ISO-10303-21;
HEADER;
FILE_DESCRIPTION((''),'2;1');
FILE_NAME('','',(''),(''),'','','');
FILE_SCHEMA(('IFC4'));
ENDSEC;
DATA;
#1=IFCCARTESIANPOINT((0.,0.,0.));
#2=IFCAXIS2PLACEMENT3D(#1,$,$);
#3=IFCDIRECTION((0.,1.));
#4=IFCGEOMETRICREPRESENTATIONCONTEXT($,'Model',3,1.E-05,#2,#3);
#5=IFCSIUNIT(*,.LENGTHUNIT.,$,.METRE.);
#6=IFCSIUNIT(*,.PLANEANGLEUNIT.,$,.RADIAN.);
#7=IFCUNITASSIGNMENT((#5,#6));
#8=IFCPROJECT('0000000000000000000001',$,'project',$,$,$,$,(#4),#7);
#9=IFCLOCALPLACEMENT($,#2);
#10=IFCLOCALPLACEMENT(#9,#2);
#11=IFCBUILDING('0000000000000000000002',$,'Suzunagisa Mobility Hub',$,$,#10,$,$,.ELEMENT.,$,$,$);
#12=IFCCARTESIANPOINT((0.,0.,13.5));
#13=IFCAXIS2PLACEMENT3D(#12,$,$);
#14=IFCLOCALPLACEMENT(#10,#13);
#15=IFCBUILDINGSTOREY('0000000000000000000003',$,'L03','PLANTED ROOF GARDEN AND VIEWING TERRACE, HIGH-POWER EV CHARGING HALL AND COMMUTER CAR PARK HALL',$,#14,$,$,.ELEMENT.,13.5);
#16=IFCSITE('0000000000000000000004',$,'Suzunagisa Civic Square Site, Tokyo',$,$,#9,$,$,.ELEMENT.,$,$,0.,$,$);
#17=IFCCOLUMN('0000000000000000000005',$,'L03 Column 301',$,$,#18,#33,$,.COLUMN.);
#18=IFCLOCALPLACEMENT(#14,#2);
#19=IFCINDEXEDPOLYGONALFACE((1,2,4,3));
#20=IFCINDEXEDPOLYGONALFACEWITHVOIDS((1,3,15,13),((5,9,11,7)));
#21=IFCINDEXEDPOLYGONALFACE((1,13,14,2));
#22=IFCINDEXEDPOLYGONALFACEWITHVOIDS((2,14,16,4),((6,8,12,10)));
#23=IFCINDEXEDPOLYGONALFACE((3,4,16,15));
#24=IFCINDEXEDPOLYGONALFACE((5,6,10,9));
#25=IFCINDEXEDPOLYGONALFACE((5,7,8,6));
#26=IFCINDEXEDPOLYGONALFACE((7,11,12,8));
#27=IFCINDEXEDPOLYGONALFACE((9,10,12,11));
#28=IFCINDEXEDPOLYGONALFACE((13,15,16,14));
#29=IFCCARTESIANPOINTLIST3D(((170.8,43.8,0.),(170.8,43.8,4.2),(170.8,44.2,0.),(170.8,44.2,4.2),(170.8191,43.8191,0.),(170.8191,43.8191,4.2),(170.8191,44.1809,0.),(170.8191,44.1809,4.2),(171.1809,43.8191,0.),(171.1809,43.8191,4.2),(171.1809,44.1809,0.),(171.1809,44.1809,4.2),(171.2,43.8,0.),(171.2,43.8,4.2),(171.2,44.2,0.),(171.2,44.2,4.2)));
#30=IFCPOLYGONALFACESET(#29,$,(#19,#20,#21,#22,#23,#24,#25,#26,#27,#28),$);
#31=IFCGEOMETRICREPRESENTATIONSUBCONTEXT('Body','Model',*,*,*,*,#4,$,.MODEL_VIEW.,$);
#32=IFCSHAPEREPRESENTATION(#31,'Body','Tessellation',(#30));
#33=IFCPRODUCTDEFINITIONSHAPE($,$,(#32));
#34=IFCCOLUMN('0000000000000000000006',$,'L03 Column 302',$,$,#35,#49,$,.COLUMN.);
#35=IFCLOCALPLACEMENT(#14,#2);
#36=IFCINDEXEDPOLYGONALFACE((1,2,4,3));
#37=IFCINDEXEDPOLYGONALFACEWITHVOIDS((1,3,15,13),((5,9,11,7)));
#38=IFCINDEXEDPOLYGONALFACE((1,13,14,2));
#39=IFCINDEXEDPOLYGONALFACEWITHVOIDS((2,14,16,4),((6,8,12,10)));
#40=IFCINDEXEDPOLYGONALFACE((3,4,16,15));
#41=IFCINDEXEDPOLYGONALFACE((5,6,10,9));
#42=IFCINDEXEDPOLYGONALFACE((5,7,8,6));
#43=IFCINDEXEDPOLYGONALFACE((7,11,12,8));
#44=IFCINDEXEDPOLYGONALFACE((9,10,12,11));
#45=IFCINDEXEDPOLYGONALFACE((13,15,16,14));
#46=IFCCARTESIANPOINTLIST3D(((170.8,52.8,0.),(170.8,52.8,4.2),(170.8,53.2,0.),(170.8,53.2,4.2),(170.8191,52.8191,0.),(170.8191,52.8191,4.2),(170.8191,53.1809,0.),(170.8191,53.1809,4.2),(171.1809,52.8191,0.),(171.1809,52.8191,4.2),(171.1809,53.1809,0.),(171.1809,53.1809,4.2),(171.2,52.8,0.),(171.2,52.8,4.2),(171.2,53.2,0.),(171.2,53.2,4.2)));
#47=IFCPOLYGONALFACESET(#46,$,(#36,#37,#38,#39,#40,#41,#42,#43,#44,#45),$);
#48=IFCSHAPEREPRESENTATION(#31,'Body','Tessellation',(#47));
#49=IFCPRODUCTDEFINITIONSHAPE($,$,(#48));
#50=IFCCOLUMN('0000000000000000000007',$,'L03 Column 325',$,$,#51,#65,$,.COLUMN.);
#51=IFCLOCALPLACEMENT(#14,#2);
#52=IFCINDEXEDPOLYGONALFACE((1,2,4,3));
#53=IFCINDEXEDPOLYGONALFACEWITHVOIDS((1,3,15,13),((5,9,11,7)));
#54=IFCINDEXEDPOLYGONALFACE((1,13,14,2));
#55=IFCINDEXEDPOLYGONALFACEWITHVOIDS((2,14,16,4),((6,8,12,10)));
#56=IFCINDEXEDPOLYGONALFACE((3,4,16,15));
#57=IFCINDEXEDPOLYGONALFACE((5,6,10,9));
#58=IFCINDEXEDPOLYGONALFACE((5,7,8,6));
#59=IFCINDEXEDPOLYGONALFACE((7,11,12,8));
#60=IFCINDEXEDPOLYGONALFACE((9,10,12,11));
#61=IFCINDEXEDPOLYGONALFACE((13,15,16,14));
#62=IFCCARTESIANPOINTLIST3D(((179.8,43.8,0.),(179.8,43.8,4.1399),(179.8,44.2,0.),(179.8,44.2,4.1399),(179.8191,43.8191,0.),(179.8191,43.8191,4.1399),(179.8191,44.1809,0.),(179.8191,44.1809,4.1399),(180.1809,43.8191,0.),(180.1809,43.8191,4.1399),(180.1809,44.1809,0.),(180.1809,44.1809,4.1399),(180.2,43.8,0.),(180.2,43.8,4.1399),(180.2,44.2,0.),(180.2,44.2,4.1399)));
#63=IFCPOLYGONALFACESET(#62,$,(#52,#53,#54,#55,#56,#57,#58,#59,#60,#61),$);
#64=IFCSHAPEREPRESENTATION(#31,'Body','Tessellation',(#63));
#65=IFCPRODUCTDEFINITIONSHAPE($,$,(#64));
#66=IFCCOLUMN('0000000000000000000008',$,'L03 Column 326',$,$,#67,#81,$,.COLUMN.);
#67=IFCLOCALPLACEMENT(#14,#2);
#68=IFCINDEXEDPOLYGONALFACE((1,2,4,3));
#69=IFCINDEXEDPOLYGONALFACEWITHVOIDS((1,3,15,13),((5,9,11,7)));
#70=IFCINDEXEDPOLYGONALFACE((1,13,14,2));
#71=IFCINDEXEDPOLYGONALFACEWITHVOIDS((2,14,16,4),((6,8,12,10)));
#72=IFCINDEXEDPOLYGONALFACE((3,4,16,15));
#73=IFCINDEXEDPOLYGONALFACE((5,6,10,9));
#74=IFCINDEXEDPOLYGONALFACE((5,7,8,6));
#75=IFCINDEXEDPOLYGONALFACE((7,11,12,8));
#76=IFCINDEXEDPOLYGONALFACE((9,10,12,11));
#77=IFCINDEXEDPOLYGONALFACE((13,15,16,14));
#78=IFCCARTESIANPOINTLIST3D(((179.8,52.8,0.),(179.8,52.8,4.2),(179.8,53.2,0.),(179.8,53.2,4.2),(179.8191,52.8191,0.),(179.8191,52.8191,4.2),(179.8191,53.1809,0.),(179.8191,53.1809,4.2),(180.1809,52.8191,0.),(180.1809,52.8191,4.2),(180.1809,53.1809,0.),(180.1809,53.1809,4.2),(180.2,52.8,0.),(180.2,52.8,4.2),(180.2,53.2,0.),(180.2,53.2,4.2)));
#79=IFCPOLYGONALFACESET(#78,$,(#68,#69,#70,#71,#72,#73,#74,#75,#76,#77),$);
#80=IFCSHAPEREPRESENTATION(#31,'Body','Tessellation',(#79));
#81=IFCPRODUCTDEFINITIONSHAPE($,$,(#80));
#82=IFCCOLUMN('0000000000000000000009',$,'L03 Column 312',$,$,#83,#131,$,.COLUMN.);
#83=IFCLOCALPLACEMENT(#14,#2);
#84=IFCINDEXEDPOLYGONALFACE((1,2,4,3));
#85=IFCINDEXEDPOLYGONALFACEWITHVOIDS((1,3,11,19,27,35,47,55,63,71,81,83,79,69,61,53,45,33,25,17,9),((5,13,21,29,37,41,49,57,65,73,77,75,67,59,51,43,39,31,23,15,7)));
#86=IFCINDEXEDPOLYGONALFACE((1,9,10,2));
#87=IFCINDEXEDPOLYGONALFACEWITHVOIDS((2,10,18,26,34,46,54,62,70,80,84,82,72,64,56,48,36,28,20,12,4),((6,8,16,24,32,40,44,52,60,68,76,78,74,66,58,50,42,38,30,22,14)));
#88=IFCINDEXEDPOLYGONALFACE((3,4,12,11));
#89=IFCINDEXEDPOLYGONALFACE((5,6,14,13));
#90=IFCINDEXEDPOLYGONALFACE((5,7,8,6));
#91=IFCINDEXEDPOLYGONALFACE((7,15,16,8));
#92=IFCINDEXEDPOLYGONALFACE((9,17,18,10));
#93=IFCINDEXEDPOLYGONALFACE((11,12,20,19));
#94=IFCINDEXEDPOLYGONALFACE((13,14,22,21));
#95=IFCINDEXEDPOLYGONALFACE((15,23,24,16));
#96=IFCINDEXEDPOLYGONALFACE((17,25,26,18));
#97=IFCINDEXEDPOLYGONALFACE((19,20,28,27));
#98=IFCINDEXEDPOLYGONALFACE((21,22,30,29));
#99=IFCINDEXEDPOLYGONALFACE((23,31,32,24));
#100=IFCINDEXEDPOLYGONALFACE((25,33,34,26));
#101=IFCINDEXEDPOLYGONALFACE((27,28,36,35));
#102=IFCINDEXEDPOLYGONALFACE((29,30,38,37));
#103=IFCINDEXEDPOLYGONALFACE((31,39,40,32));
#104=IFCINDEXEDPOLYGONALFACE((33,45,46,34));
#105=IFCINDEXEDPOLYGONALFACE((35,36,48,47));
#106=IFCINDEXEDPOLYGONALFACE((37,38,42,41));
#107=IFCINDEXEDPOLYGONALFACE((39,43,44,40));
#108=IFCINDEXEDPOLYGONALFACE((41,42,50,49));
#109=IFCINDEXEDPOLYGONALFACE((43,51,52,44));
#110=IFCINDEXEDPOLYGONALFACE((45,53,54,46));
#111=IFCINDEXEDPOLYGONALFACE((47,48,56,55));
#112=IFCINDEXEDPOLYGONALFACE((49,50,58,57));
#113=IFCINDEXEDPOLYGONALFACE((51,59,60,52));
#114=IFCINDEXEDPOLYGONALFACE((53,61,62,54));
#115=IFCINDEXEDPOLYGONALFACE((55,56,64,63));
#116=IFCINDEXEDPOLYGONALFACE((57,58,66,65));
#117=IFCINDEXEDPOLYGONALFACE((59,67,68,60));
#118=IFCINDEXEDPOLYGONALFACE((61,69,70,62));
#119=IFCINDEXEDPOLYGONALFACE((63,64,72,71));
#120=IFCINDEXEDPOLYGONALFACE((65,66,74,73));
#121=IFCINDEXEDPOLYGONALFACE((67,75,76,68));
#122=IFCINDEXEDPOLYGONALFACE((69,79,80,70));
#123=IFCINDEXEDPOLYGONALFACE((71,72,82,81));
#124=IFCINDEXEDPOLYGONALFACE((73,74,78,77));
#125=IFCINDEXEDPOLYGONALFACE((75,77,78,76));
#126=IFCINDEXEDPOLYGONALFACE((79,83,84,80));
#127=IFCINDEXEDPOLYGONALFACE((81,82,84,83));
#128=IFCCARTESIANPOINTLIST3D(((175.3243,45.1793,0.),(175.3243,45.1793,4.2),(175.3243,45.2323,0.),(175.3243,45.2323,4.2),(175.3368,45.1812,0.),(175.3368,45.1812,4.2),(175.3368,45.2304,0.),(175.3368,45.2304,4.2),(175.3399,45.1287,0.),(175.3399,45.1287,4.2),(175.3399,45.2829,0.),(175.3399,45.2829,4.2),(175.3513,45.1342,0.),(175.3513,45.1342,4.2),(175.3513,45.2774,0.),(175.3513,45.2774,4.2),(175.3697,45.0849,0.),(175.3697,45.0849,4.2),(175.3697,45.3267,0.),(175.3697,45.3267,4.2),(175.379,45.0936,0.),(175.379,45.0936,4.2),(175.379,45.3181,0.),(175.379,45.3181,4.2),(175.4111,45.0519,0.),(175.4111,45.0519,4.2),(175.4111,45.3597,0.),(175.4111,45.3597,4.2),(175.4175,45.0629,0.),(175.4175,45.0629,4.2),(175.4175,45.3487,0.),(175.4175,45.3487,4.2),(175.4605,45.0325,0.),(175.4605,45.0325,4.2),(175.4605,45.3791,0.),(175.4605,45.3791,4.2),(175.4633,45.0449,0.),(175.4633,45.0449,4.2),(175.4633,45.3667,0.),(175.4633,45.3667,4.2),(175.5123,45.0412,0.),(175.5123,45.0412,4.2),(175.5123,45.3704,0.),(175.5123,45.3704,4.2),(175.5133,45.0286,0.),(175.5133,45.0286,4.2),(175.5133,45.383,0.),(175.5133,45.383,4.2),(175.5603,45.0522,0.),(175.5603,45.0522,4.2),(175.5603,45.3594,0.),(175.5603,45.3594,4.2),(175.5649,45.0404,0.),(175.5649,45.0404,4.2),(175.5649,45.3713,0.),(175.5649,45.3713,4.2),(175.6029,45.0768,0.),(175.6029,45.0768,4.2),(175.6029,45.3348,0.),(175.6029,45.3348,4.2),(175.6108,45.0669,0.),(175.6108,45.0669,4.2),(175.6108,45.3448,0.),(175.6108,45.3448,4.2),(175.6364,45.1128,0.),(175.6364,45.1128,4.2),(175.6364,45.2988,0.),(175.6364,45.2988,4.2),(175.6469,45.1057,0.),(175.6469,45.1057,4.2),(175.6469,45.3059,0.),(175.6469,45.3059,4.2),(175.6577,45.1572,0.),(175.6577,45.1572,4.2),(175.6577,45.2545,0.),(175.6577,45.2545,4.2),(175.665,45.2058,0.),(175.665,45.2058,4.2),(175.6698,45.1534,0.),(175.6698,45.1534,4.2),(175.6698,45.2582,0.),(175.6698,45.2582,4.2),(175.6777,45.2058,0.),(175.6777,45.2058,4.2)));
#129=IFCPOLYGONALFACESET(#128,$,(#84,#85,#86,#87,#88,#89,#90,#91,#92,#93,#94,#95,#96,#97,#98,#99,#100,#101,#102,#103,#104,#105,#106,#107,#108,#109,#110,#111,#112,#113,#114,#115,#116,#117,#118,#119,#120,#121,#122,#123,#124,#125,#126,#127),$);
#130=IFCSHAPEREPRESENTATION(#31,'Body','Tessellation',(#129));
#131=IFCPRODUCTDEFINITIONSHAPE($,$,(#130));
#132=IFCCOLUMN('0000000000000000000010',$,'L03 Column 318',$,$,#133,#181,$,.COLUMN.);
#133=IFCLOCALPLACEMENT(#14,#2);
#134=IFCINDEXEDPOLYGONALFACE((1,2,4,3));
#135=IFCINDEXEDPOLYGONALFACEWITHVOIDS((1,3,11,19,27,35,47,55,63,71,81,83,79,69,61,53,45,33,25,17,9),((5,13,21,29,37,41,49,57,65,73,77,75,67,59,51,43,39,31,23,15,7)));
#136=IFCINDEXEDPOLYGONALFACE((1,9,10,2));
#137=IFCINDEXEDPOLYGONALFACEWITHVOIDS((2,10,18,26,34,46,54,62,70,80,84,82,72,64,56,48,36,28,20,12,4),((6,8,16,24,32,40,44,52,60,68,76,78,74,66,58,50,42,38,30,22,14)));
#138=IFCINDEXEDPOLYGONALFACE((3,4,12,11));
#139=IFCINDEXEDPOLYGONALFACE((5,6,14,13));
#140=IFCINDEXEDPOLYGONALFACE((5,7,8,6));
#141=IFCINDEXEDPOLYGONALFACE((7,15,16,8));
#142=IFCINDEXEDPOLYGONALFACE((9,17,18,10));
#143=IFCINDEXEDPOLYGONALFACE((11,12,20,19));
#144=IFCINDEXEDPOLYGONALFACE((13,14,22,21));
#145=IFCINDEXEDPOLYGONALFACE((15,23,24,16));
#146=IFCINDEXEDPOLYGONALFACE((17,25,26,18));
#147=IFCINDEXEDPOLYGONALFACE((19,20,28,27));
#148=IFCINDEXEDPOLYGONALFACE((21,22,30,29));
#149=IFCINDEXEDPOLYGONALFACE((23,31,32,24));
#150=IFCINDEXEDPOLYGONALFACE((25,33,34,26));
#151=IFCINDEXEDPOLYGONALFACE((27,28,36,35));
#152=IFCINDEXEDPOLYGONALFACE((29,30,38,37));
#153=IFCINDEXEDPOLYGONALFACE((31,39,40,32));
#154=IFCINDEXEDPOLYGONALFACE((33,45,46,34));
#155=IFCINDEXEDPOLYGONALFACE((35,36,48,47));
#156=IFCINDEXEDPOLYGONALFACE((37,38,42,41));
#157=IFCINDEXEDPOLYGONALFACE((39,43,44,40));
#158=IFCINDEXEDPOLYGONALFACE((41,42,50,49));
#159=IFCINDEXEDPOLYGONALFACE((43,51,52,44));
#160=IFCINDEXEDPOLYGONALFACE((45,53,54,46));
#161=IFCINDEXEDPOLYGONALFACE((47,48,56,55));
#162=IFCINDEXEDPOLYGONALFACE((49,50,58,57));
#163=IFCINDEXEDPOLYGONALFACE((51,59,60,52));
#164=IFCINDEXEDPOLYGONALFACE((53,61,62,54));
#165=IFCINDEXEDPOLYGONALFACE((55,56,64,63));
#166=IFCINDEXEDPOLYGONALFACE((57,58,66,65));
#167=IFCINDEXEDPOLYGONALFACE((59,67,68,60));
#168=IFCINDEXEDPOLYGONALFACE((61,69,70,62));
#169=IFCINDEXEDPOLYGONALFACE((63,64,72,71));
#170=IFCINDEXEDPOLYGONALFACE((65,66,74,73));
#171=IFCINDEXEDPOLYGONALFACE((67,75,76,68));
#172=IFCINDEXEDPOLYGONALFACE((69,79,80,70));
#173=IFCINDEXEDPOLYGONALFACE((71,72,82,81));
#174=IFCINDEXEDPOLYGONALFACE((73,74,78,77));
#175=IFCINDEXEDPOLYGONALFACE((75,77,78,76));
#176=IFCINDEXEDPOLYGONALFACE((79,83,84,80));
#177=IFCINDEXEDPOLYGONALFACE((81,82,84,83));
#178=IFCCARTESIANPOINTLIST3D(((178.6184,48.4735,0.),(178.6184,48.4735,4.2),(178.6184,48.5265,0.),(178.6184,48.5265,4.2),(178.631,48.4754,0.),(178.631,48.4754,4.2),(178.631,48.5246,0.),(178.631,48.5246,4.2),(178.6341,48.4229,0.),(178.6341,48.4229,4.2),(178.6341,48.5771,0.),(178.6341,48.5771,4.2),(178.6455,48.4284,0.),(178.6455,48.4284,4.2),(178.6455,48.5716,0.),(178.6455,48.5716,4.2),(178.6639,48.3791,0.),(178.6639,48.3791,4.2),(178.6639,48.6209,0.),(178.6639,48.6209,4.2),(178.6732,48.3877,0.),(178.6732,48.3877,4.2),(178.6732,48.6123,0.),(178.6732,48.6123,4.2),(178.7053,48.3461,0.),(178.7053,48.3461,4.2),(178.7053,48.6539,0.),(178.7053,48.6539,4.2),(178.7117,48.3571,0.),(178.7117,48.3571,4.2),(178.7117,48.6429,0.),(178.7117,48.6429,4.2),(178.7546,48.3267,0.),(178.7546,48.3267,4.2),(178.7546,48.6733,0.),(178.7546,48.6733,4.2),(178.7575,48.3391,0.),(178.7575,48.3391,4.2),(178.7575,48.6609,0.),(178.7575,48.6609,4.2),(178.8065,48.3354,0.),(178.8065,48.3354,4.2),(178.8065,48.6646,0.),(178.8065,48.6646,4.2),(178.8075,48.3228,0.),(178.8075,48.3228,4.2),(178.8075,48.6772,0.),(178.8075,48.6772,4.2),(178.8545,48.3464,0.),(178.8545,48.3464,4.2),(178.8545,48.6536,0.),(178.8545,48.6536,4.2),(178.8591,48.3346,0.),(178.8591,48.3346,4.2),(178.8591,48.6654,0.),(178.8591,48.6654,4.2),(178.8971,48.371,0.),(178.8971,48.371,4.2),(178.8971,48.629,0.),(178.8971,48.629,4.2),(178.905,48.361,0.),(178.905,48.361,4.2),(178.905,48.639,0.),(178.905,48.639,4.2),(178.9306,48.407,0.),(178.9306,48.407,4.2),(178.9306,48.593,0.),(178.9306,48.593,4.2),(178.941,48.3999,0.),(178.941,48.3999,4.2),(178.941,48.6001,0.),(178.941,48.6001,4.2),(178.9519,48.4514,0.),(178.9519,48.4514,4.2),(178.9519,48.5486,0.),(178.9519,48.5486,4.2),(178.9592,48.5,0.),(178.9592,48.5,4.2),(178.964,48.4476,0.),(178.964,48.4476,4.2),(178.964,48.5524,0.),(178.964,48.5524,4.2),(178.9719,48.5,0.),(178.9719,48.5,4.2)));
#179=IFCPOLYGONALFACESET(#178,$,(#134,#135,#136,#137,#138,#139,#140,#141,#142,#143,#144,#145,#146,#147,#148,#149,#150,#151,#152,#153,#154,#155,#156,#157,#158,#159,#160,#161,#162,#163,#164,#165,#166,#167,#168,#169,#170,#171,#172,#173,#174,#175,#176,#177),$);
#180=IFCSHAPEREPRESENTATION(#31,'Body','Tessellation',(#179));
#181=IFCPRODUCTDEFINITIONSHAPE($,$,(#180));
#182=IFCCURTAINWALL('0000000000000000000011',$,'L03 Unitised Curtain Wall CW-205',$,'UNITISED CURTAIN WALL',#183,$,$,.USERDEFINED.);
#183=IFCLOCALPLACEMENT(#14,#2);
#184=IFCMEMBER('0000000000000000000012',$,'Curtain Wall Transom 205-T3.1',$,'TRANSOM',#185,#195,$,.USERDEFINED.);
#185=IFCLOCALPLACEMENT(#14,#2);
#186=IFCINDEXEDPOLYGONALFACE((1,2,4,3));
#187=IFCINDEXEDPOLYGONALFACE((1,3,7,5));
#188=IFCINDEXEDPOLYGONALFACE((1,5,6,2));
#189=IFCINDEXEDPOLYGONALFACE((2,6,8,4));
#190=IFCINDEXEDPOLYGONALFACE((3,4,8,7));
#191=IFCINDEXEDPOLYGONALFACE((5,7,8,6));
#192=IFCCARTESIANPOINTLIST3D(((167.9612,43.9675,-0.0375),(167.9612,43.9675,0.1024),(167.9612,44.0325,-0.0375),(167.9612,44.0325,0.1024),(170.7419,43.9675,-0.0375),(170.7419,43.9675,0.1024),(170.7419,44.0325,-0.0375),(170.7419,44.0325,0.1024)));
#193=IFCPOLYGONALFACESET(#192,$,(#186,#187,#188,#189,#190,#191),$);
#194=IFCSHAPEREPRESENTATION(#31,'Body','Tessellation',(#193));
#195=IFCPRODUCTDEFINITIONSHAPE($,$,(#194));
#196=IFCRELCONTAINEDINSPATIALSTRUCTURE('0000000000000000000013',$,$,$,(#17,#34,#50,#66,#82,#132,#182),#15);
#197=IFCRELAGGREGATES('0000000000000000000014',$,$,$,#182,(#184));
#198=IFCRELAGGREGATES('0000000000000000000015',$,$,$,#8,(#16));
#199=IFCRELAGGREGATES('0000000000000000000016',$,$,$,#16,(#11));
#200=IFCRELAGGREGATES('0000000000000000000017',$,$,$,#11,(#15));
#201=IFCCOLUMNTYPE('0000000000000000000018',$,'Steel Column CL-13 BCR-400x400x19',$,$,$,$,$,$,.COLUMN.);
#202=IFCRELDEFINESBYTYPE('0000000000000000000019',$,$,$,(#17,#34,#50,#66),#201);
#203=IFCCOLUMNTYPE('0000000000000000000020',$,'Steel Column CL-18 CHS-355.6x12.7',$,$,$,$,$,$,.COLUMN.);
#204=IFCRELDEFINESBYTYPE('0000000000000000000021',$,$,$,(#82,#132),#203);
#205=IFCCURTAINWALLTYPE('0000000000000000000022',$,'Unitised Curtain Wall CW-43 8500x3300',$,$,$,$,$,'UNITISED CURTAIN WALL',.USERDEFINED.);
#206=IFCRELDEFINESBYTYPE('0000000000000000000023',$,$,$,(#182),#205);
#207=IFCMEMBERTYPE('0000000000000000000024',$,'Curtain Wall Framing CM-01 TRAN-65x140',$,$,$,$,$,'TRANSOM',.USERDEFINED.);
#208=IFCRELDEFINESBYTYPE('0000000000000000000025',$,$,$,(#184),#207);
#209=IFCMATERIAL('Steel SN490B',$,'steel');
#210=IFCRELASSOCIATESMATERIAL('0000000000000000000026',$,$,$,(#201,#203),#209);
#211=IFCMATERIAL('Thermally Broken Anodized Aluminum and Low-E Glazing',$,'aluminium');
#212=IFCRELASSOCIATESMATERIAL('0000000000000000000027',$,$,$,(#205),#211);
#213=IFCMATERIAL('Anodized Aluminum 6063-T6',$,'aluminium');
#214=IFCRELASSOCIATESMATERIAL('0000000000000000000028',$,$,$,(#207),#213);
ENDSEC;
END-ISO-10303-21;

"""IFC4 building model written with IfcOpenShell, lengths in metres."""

from ifc_helpers import new_model, si_unit, direction, frame, origin, origin_2d, place, context, subcontext, project, spatial, rectangle, hollow_rectangle, hollow_circle, extrude, material, material_profile, profile_set, type_object, element, aggregate, save


model = new_model("IFC4")

# Units and contexts
model_context = context("Model", 3, precision=1e-05, world=origin(), true_north=direction((0.0, 1.0)))
body_context = subcontext(model_context, "Body", "Model", "MODEL_VIEW")
ifc_project = project(units=[si_unit("LENGTHUNIT", "METRE"), si_unit("PLANEANGLEUNIT", "RADIAN")], contexts=[model_context])

# Site, building, storey
site_placement = place(None, origin())
site = spatial("IfcSite", under=ifc_project, at=site_placement, Name="Suzunagisa Civic Square Site, Tokyo", CompositionType="ELEMENT", RefElevation=0.0)
building_placement = place(site_placement, origin())
building = spatial("IfcBuilding", under=site, at=building_placement, Name="Suzunagisa Mobility Hub", CompositionType="ELEMENT")
storey_placement = place(building_placement, frame((0.0, 0.0, 13.5)))
storey = spatial("IfcBuildingStorey", under=building, at=storey_placement, Name="L03", Description="PLANTED ROOF GARDEN AND VIEWING TERRACE, HIGH-POWER EV CHARGING HALL AND COMMUTER CAR PARK HALL", CompositionType="ELEMENT", Elevation=13.5)

# Columns
ifc_material_1 = material(Name="Steel SN490B", Category="steel")
ifc_material_profile_1 = material_profile(ifc_material_1, hollow_rectangle(XDim=0.3999, YDim=0.3999, WallThickness=0.019, at=origin_2d()), Name="BCR-400x400x19")
ifc_profile_set_1 = profile_set([ifc_material_profile_1], Name="Steel SN490B")
column_type_1 = type_object("IfcColumnType", Name="Steel Column CL-13 BCR-400x400x19", PredefinedType="COLUMN", material=ifc_profile_set_1)
for number, where, z_axis, x_axis, name in (
    (1, (171.0, 44.0, 0.0), (0.0, 0.0, 1.0), (1.0, 0.0, 0.0), "L03 Column 301"),
    (2, (171.0, 53.0, 0.0), (0.0, 0.0, 1.0), (1.0, 0.0, 0.0), "L03 Column 302"),
):
    element("IfcColumn", number, at=place(storey_placement, frame(where, z_axis=z_axis, x_axis=x_axis)), inside=storey, type_object=column_type_1, Name=name, PredefinedType="COLUMN", context=body_context, shape_type="SweptSolid", body=[
        extrude(hollow_rectangle(XDim=0.3999, YDim=0.3999, WallThickness=0.019, at=origin_2d()), origin(), (0.0, 0.0, 1.0), 4.2),
    ])
column_1_placement = place(storey_placement, frame((180.0, 44.0, 0.0), z_axis=(0.0, 0.0, 1.0), x_axis=(1.0, 0.0, 0.0)))
element("IfcColumn", 3, at=column_1_placement, inside=storey, type_object=column_type_1, Name="L03 Column 325", PredefinedType="COLUMN", context=body_context, shape_type="SweptSolid", body=[
    extrude(hollow_rectangle(XDim=0.3999, YDim=0.3999, WallThickness=0.019, at=origin_2d()), origin(), (0.0, 0.0, 1.0), 4.1399),
])
column_2_placement = place(storey_placement, frame((180.0, 53.0, 0.0), z_axis=(0.0, 0.0, 1.0), x_axis=(1.0, 0.0, 0.0)))
element("IfcColumn", 4, at=column_2_placement, inside=storey, type_object=column_type_1, Name="L03 Column 326", PredefinedType="COLUMN", context=body_context, shape_type="SweptSolid", body=[
    extrude(hollow_rectangle(XDim=0.3999, YDim=0.3999, WallThickness=0.019, at=origin_2d()), origin(), (0.0, 0.0, 1.0), 4.2),
])
ifc_material_profile_2 = material_profile(ifc_material_1, hollow_circle(Radius=0.1777, WallThickness=0.0127, at=origin_2d()), Name="CHS-355.6x12.7")
ifc_profile_set_2 = profile_set([ifc_material_profile_2], Name="Steel SN490B")
column_type_2 = type_object("IfcColumnType", Name="Steel Column CL-18 CHS-355.6x12.7", PredefinedType="COLUMN", material=ifc_profile_set_2)
for number, where, z_axis, x_axis, name in (
    (5, (175.5, 45.2058, 0.0), (0.0, 0.0, 1.0), (1.0, 0.0, 0.0), "L03 Column 312"),
    (6, (178.7942, 48.5, 0.0), (0.0, 0.0, 1.0), (1.0, 0.0, 0.0), "L03 Column 318"),
):
    element("IfcColumn", number, at=place(storey_placement, frame(where, z_axis=z_axis, x_axis=x_axis)), inside=storey, type_object=column_type_2, Name=name, PredefinedType="COLUMN", context=body_context, shape_type="SweptSolid", body=[
        extrude(hollow_circle(Radius=0.1777, WallThickness=0.0127, at=origin_2d()), origin(), (0.0, 0.0, 1.0), 4.2),
    ])

# Curtain wall, member
ifc_material_2 = material(Name="Thermally Broken Anodized Aluminum and Low-E Glazing", Category="aluminium")
curtain_wall_type = type_object("IfcCurtainWallType", Name="Unitised Curtain Wall CW-43 8500x3300", ElementType="UNITISED CURTAIN WALL", PredefinedType="USERDEFINED", material=ifc_material_2)
curtain_wall_placement = place(storey_placement, origin())
curtain_wall = element("IfcCurtainWall", 7, at=curtain_wall_placement, inside=storey, type_object=curtain_wall_type, Name="L03 Unitised Curtain Wall CW-205", ObjectType="UNITISED CURTAIN WALL", PredefinedType="USERDEFINED")
ifc_material_3 = material(Name="Anodized Aluminum 6063-T6", Category="aluminium")
ifc_material_profile_3 = material_profile(ifc_material_3, rectangle(XDim=0.0649, YDim=0.1399, at=origin_2d()), Name="TRAN-65x140")
ifc_profile_set_3 = profile_set([ifc_material_profile_3], Name="Anodized Aluminum 6063-T6")
member_type_1 = type_object("IfcMemberType", Name="Curtain Wall Framing CM-01 TRAN-65x140", ElementType="TRANSOM", PredefinedType="USERDEFINED", material=ifc_profile_set_3)
member_1_placement = place(storey_placement, frame((167.9612, 44.0, 0.0325), z_axis=(1.0, 0.0, 0.0), x_axis=(0.0, 1.0, 0.0)))
member_1 = element("IfcMember", 8, at=member_1_placement, type_object=member_type_1, Name="Curtain Wall Transom 205-T3.1", ObjectType="TRANSOM", PredefinedType="USERDEFINED", context=body_context, shape_type="SweptSolid", body=[
    extrude(rectangle(XDim=0.0649, YDim=0.1399, at=origin_2d()), origin(), (0.0, 0.0, 1.0), 2.7808),
])

aggregate(curtain_wall, [member_1])

save(model, "model.ifc")
